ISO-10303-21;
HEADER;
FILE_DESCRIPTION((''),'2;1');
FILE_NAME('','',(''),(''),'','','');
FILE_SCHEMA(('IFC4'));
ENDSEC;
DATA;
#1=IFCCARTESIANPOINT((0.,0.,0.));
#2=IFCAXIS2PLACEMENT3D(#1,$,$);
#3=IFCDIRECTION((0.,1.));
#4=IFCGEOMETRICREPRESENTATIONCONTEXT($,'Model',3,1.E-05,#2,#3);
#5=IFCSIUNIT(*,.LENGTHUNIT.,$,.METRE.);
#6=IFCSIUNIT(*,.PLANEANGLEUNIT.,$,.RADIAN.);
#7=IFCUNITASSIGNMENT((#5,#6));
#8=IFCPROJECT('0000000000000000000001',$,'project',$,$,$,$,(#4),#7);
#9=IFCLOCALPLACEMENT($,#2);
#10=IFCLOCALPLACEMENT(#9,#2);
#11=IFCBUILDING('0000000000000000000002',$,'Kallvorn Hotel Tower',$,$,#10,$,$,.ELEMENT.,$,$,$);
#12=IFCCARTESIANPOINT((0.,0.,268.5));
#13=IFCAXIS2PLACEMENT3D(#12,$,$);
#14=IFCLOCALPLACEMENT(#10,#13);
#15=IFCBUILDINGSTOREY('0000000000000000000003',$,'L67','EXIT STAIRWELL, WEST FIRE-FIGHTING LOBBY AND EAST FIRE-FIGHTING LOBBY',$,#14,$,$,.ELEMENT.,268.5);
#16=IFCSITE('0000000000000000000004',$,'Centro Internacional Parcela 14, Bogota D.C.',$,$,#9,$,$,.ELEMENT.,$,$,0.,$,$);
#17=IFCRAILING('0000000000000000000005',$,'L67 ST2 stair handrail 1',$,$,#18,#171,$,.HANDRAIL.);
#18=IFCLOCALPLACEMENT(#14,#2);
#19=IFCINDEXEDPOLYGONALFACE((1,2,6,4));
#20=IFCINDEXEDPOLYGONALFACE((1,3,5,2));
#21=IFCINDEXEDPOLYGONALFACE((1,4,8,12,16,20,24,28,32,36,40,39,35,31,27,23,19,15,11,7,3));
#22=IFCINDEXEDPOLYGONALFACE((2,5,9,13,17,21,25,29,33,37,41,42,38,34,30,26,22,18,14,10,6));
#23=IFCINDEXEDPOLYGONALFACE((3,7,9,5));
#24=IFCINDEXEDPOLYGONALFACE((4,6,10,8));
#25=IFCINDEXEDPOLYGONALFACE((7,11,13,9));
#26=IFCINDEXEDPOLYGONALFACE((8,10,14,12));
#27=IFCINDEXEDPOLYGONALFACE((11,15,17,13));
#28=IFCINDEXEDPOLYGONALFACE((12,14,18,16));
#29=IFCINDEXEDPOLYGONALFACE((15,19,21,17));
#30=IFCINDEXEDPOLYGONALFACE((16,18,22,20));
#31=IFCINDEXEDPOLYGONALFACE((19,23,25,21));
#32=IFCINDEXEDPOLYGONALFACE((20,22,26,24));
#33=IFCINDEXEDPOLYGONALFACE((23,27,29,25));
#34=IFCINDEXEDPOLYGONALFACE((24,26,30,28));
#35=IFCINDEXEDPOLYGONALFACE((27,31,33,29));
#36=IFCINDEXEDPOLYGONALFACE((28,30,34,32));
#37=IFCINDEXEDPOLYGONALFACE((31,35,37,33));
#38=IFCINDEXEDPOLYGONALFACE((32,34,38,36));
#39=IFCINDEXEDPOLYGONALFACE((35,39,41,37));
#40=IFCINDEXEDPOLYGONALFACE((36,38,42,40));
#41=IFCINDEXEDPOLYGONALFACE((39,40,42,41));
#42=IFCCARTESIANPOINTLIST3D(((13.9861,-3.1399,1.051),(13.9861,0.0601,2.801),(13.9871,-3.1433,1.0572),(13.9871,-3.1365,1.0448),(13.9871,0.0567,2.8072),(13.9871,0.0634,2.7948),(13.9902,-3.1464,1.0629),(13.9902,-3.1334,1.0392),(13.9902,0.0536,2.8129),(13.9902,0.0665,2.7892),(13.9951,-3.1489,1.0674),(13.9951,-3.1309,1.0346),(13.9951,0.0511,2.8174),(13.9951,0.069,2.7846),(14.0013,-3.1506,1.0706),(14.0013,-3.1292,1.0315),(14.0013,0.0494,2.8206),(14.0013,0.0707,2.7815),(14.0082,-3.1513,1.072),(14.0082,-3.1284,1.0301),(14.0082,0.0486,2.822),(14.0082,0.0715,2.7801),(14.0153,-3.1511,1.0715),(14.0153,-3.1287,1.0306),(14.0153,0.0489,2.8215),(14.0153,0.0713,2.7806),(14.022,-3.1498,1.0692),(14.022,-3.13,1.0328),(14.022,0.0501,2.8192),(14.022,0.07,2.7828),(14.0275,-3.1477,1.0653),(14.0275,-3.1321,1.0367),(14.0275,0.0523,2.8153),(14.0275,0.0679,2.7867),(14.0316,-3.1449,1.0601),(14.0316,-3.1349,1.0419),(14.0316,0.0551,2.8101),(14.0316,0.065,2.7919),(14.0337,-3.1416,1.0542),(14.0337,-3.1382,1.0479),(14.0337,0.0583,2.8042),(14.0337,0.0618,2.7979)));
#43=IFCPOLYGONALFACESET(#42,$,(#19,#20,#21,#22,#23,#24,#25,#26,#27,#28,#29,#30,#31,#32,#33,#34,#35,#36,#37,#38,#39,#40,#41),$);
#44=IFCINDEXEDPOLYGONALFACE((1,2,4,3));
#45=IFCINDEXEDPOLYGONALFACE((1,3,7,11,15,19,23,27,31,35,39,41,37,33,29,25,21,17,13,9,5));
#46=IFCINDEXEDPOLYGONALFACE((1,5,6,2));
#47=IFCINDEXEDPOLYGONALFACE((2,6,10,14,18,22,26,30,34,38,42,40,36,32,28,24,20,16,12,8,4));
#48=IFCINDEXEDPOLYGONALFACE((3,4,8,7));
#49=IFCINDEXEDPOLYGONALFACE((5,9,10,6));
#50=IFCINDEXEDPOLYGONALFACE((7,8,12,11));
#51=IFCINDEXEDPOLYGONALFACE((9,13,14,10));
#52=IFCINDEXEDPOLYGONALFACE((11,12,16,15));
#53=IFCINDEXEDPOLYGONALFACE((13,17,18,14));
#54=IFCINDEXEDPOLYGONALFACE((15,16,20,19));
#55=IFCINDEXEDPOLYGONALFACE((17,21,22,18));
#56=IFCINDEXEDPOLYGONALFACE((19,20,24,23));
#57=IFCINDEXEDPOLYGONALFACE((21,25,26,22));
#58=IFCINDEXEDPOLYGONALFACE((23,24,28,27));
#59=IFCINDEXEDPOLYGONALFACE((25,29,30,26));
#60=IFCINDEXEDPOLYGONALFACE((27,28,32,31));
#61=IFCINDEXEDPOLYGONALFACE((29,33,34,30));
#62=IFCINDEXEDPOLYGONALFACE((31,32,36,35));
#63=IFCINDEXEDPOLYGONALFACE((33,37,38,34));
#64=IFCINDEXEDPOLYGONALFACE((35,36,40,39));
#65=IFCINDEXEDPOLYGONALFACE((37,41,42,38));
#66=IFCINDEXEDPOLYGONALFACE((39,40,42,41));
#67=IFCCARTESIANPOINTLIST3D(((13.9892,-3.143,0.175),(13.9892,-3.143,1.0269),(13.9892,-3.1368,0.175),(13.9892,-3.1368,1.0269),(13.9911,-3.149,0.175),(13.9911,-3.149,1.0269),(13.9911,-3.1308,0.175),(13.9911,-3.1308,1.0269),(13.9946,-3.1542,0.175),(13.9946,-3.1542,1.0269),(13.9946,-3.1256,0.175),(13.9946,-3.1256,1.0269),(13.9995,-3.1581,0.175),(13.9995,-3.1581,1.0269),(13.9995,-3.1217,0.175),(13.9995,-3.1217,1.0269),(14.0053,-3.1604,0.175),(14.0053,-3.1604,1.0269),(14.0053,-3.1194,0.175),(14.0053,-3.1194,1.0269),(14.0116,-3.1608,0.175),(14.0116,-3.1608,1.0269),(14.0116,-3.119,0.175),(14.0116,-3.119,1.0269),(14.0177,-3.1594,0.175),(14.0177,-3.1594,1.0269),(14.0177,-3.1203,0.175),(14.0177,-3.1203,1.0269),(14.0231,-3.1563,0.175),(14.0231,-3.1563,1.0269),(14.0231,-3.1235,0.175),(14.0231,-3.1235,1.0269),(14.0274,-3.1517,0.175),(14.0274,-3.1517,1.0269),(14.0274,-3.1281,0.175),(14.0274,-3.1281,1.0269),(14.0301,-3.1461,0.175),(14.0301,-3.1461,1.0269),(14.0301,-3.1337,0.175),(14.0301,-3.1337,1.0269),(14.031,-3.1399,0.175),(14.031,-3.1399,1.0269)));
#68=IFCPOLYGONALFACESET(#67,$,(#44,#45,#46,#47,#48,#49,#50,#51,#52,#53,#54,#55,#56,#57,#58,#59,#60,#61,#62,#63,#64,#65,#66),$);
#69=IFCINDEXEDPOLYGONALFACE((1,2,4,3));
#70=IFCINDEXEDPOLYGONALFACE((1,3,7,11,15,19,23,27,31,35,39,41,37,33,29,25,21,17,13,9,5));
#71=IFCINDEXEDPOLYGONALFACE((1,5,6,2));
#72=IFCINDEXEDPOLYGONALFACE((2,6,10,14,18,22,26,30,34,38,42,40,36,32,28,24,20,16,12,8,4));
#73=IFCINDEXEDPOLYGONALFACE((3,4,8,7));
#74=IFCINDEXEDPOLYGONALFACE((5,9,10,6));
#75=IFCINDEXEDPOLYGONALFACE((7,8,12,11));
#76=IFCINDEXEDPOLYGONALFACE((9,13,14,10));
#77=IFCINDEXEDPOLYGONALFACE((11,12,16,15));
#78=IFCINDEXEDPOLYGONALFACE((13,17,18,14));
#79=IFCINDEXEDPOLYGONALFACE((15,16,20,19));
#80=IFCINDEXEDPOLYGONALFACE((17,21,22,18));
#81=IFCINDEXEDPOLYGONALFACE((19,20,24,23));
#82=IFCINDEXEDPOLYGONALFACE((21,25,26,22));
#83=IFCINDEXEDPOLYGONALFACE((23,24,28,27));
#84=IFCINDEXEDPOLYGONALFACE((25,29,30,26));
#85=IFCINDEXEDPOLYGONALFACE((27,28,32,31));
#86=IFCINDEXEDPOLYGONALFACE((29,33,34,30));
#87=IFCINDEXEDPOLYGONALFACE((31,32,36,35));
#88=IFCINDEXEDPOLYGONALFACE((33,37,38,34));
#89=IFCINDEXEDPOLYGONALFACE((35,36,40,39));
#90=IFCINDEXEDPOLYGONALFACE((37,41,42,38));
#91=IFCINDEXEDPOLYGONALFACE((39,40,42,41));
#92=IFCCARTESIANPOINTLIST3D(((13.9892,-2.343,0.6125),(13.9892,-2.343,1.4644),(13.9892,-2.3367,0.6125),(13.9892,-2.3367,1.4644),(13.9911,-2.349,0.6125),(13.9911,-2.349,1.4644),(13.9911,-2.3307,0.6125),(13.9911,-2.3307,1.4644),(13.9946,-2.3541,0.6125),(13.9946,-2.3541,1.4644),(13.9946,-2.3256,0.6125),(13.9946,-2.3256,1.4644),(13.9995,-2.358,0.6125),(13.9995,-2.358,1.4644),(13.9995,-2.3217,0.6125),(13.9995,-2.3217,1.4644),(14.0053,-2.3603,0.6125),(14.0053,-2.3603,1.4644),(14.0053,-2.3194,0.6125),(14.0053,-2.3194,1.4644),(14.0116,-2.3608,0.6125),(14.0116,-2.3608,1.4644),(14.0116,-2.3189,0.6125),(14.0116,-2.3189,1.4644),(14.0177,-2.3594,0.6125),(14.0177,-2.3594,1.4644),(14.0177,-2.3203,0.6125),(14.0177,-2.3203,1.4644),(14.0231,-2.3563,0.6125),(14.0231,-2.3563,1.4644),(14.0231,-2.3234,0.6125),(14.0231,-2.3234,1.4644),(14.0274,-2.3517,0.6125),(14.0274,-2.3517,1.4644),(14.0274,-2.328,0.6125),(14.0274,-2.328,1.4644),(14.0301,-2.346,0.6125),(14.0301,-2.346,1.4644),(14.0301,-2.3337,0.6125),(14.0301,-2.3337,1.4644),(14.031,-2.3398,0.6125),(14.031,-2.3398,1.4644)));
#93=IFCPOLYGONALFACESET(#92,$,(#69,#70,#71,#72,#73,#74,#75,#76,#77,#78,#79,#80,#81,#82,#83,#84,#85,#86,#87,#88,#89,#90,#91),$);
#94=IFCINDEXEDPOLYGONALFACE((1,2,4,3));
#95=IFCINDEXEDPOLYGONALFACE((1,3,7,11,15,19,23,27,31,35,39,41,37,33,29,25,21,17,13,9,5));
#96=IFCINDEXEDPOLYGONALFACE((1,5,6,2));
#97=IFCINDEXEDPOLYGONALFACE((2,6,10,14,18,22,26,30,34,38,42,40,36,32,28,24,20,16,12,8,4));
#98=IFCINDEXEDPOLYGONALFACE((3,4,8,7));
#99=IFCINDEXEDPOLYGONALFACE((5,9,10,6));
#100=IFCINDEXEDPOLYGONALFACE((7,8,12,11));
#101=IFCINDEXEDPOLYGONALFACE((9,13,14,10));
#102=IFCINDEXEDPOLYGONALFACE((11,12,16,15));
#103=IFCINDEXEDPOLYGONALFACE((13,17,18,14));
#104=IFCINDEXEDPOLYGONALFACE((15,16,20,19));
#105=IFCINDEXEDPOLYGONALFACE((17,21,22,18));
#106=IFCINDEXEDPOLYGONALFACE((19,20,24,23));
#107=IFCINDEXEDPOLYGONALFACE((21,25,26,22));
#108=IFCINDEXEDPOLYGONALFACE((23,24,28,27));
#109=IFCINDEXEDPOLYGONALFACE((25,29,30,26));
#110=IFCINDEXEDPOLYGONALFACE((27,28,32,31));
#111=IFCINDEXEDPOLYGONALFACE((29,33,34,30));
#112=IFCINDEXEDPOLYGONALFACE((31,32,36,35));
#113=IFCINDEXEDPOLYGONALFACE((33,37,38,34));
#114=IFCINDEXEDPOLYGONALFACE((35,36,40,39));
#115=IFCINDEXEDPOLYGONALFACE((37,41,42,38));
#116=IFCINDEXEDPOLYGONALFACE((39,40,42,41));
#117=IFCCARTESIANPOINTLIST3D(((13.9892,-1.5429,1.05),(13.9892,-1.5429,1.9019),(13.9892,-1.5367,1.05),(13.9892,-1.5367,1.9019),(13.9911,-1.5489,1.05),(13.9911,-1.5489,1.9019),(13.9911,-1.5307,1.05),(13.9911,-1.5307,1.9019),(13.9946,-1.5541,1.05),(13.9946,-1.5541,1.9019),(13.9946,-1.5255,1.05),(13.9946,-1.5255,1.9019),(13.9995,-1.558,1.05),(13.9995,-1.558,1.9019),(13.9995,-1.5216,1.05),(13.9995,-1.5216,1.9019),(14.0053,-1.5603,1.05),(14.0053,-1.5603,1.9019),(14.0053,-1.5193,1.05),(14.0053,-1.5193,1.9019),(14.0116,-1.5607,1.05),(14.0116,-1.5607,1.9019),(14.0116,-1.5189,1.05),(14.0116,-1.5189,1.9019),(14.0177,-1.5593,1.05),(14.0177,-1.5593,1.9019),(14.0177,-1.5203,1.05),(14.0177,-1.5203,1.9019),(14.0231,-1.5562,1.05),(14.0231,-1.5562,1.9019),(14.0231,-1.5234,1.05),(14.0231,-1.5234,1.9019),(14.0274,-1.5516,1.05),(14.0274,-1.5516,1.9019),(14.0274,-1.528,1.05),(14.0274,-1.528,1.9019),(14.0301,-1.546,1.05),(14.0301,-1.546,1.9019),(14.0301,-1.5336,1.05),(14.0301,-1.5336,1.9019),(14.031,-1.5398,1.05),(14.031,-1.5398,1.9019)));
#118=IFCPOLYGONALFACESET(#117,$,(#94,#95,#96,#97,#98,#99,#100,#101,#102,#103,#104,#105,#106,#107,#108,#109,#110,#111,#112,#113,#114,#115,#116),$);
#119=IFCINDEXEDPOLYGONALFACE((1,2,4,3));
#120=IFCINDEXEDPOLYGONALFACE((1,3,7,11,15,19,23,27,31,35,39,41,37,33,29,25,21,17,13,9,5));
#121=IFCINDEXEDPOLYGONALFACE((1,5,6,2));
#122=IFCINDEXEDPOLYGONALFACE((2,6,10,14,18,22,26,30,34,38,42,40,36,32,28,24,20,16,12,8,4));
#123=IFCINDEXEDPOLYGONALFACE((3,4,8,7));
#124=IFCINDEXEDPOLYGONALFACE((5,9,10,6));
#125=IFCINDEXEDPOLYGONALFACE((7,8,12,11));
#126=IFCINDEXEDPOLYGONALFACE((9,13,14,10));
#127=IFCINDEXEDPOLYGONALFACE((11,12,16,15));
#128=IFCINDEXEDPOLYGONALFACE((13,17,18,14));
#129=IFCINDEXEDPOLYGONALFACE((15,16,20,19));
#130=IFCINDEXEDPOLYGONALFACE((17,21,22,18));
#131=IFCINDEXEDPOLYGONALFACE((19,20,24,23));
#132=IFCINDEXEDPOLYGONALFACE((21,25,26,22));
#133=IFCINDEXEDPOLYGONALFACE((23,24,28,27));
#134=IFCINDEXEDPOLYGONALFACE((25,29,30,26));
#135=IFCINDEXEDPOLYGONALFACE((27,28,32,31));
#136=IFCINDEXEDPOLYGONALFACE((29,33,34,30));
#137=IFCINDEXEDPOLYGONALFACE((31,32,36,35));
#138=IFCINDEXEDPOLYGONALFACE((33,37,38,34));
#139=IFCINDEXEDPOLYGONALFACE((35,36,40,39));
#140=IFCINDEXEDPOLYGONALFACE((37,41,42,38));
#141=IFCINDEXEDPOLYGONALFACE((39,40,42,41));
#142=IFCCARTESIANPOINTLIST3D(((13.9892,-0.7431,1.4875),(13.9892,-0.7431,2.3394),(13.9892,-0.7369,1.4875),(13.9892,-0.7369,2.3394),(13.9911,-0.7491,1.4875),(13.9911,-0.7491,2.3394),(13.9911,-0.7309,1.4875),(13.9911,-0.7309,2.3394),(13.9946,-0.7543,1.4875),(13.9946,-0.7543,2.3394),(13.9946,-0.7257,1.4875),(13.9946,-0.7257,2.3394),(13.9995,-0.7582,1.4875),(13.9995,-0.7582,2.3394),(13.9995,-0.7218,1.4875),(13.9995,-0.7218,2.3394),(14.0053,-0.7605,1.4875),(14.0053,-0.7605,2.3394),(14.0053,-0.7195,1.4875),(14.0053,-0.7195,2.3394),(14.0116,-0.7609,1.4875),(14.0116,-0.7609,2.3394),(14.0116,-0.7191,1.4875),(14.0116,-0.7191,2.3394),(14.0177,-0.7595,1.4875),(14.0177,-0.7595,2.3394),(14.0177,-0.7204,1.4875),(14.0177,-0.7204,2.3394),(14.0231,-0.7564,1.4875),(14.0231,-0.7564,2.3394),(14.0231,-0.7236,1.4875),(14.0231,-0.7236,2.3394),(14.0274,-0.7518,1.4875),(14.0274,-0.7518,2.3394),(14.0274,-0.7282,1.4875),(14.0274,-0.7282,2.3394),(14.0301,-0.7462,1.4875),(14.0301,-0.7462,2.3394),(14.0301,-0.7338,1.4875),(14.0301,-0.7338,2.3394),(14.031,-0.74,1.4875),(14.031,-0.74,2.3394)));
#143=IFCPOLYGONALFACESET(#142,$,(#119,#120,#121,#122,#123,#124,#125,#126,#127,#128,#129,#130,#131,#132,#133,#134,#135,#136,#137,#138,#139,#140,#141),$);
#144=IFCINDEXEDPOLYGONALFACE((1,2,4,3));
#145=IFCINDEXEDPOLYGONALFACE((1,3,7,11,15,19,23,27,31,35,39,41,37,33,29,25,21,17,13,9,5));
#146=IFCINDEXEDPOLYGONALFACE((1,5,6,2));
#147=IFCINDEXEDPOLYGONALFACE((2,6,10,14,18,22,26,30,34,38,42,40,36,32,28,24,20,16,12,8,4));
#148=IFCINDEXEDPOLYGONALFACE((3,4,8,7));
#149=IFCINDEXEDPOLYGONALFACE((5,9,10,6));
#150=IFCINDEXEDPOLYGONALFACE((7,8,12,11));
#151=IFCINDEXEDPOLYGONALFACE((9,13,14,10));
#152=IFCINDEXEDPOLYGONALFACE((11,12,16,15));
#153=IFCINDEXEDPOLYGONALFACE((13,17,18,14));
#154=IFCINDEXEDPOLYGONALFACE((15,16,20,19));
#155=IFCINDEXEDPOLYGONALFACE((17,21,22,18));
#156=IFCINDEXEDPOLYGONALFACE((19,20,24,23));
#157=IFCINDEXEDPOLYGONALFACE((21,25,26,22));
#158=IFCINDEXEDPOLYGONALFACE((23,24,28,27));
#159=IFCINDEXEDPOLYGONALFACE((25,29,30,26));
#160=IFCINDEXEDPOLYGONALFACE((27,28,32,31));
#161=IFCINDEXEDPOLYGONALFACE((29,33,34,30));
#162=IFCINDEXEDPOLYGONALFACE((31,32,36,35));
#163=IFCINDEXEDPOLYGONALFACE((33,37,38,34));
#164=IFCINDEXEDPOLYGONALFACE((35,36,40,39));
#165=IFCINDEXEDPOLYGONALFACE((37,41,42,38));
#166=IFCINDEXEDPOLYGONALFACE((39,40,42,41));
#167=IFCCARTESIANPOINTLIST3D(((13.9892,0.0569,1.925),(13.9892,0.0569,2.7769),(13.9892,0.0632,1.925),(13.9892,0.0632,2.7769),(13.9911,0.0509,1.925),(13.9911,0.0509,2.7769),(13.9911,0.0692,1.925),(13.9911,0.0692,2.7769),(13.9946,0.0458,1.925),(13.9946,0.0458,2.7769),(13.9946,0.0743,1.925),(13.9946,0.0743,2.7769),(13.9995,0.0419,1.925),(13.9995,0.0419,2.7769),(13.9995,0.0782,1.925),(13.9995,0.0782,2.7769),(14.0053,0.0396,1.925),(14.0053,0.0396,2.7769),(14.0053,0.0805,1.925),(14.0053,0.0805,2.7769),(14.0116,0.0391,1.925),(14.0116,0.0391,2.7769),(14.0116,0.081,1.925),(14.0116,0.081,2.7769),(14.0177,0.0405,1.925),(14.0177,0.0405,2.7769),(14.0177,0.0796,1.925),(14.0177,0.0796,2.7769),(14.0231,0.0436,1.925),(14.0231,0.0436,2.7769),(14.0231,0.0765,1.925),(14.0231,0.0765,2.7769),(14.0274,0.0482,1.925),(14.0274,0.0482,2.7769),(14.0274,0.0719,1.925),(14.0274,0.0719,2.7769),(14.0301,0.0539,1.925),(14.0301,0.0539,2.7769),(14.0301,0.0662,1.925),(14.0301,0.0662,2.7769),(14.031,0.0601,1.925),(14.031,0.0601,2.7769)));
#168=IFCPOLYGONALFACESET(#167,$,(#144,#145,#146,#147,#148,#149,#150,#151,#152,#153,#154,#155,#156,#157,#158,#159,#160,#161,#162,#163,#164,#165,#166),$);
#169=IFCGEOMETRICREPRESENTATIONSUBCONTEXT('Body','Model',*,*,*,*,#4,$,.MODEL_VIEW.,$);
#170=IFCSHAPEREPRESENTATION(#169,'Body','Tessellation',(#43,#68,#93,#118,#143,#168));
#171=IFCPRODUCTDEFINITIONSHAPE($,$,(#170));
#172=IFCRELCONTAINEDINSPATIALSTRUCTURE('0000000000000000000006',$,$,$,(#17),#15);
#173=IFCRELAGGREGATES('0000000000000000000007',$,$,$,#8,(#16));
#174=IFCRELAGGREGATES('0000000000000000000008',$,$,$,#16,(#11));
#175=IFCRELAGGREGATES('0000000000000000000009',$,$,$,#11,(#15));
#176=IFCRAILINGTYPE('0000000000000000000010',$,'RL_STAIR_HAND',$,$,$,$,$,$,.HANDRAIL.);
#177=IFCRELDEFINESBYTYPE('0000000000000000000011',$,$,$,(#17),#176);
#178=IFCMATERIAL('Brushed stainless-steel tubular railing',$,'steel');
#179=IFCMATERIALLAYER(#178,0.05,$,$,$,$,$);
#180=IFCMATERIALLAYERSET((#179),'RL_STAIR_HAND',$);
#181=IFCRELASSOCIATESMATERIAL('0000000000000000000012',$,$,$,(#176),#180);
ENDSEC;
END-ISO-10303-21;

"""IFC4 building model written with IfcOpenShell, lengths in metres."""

from ifc_helpers import new_model, si_unit, direction, frame, origin, origin_2d, place, context, subcontext, project, spatial, circle, extrude, material, layer, layer_set, type_object, element, save


model = new_model("IFC4")

# Units and contexts
model_context = context("Model", 3, precision=1e-05, world=origin(), true_north=direction((0.0, 1.0)))
body_context = subcontext(model_context, "Body", "Model", "MODEL_VIEW")
ifc_project = project(units=[si_unit("LENGTHUNIT", "METRE"), si_unit("PLANEANGLEUNIT", "RADIAN")], contexts=[model_context])

# Site, building, storey
site_placement = place(None, origin())
site = spatial("IfcSite", under=ifc_project, at=site_placement, Name="Centro Internacional Parcela 14, Bogota D.C.", CompositionType="ELEMENT", RefElevation=0.0)
building_placement = place(site_placement, origin())
building = spatial("IfcBuilding", under=site, at=building_placement, Name="Kallvorn Hotel Tower", CompositionType="ELEMENT")
storey_placement = place(building_placement, frame((0.0, 0.0, 268.5)))
storey = spatial("IfcBuildingStorey", under=building, at=storey_placement, Name="L67", Description="EXIT STAIRWELL, WEST FIRE-FIGHTING LOBBY AND EAST FIRE-FIGHTING LOBBY", CompositionType="ELEMENT", Elevation=268.5)

# Railing
ifc_material_1 = material(Name="Brushed stainless-steel tubular railing", Category="steel")
ifc_layer_1 = layer(ifc_material_1, 0.05)
ifc_layer_set_1 = layer_set([ifc_layer_1], Name="RL_STAIR_HAND")
railing_type = type_object("IfcRailingType", Name="RL_STAIR_HAND", PredefinedType="HANDRAIL", material=ifc_layer_set_1)
railing_placement = place(storey_placement, frame((14.01, -3.1399, 0.175)))
element("IfcRailing", 1, at=railing_placement, inside=storey, type_object=railing_type, Name="L67 ST2 stair handrail 1", PredefinedType="HANDRAIL", context=body_context, shape_type="SweptSolid", body=[
    extrude(circle(Radius=0.0239, at=origin_2d()), frame((0.0, 0.0, 0.876), z_axis=(0.0, 0.877368, 0.479818), x_axis=(-1.0, 0.0, 0.0)), (0.0, 0.0, 1.0), 3.6472),
    extrude(circle(Radius=0.021, at=origin_2d()), origin(), (0.0, 0.0, 1.0), 0.8518),
    extrude(circle(Radius=0.021, at=origin_2d()), frame((0.0, 0.8, 0.4375)), (0.0, 0.0, 1.0), 0.8518),
    extrude(circle(Radius=0.021, at=origin_2d()), frame((0.0, 1.6001, 0.875)), (0.0, 0.0, 1.0), 0.8518),
    extrude(circle(Radius=0.021, at=origin_2d()), frame((0.0, 2.3999, 1.3125)), (0.0, 0.0, 1.0), 0.8518),
    extrude(circle(Radius=0.021, at=origin_2d()), frame((0.0, 3.2, 1.75)), (0.0, 0.0, 1.0), 0.8518),
])

save(model, "model.ifc")
